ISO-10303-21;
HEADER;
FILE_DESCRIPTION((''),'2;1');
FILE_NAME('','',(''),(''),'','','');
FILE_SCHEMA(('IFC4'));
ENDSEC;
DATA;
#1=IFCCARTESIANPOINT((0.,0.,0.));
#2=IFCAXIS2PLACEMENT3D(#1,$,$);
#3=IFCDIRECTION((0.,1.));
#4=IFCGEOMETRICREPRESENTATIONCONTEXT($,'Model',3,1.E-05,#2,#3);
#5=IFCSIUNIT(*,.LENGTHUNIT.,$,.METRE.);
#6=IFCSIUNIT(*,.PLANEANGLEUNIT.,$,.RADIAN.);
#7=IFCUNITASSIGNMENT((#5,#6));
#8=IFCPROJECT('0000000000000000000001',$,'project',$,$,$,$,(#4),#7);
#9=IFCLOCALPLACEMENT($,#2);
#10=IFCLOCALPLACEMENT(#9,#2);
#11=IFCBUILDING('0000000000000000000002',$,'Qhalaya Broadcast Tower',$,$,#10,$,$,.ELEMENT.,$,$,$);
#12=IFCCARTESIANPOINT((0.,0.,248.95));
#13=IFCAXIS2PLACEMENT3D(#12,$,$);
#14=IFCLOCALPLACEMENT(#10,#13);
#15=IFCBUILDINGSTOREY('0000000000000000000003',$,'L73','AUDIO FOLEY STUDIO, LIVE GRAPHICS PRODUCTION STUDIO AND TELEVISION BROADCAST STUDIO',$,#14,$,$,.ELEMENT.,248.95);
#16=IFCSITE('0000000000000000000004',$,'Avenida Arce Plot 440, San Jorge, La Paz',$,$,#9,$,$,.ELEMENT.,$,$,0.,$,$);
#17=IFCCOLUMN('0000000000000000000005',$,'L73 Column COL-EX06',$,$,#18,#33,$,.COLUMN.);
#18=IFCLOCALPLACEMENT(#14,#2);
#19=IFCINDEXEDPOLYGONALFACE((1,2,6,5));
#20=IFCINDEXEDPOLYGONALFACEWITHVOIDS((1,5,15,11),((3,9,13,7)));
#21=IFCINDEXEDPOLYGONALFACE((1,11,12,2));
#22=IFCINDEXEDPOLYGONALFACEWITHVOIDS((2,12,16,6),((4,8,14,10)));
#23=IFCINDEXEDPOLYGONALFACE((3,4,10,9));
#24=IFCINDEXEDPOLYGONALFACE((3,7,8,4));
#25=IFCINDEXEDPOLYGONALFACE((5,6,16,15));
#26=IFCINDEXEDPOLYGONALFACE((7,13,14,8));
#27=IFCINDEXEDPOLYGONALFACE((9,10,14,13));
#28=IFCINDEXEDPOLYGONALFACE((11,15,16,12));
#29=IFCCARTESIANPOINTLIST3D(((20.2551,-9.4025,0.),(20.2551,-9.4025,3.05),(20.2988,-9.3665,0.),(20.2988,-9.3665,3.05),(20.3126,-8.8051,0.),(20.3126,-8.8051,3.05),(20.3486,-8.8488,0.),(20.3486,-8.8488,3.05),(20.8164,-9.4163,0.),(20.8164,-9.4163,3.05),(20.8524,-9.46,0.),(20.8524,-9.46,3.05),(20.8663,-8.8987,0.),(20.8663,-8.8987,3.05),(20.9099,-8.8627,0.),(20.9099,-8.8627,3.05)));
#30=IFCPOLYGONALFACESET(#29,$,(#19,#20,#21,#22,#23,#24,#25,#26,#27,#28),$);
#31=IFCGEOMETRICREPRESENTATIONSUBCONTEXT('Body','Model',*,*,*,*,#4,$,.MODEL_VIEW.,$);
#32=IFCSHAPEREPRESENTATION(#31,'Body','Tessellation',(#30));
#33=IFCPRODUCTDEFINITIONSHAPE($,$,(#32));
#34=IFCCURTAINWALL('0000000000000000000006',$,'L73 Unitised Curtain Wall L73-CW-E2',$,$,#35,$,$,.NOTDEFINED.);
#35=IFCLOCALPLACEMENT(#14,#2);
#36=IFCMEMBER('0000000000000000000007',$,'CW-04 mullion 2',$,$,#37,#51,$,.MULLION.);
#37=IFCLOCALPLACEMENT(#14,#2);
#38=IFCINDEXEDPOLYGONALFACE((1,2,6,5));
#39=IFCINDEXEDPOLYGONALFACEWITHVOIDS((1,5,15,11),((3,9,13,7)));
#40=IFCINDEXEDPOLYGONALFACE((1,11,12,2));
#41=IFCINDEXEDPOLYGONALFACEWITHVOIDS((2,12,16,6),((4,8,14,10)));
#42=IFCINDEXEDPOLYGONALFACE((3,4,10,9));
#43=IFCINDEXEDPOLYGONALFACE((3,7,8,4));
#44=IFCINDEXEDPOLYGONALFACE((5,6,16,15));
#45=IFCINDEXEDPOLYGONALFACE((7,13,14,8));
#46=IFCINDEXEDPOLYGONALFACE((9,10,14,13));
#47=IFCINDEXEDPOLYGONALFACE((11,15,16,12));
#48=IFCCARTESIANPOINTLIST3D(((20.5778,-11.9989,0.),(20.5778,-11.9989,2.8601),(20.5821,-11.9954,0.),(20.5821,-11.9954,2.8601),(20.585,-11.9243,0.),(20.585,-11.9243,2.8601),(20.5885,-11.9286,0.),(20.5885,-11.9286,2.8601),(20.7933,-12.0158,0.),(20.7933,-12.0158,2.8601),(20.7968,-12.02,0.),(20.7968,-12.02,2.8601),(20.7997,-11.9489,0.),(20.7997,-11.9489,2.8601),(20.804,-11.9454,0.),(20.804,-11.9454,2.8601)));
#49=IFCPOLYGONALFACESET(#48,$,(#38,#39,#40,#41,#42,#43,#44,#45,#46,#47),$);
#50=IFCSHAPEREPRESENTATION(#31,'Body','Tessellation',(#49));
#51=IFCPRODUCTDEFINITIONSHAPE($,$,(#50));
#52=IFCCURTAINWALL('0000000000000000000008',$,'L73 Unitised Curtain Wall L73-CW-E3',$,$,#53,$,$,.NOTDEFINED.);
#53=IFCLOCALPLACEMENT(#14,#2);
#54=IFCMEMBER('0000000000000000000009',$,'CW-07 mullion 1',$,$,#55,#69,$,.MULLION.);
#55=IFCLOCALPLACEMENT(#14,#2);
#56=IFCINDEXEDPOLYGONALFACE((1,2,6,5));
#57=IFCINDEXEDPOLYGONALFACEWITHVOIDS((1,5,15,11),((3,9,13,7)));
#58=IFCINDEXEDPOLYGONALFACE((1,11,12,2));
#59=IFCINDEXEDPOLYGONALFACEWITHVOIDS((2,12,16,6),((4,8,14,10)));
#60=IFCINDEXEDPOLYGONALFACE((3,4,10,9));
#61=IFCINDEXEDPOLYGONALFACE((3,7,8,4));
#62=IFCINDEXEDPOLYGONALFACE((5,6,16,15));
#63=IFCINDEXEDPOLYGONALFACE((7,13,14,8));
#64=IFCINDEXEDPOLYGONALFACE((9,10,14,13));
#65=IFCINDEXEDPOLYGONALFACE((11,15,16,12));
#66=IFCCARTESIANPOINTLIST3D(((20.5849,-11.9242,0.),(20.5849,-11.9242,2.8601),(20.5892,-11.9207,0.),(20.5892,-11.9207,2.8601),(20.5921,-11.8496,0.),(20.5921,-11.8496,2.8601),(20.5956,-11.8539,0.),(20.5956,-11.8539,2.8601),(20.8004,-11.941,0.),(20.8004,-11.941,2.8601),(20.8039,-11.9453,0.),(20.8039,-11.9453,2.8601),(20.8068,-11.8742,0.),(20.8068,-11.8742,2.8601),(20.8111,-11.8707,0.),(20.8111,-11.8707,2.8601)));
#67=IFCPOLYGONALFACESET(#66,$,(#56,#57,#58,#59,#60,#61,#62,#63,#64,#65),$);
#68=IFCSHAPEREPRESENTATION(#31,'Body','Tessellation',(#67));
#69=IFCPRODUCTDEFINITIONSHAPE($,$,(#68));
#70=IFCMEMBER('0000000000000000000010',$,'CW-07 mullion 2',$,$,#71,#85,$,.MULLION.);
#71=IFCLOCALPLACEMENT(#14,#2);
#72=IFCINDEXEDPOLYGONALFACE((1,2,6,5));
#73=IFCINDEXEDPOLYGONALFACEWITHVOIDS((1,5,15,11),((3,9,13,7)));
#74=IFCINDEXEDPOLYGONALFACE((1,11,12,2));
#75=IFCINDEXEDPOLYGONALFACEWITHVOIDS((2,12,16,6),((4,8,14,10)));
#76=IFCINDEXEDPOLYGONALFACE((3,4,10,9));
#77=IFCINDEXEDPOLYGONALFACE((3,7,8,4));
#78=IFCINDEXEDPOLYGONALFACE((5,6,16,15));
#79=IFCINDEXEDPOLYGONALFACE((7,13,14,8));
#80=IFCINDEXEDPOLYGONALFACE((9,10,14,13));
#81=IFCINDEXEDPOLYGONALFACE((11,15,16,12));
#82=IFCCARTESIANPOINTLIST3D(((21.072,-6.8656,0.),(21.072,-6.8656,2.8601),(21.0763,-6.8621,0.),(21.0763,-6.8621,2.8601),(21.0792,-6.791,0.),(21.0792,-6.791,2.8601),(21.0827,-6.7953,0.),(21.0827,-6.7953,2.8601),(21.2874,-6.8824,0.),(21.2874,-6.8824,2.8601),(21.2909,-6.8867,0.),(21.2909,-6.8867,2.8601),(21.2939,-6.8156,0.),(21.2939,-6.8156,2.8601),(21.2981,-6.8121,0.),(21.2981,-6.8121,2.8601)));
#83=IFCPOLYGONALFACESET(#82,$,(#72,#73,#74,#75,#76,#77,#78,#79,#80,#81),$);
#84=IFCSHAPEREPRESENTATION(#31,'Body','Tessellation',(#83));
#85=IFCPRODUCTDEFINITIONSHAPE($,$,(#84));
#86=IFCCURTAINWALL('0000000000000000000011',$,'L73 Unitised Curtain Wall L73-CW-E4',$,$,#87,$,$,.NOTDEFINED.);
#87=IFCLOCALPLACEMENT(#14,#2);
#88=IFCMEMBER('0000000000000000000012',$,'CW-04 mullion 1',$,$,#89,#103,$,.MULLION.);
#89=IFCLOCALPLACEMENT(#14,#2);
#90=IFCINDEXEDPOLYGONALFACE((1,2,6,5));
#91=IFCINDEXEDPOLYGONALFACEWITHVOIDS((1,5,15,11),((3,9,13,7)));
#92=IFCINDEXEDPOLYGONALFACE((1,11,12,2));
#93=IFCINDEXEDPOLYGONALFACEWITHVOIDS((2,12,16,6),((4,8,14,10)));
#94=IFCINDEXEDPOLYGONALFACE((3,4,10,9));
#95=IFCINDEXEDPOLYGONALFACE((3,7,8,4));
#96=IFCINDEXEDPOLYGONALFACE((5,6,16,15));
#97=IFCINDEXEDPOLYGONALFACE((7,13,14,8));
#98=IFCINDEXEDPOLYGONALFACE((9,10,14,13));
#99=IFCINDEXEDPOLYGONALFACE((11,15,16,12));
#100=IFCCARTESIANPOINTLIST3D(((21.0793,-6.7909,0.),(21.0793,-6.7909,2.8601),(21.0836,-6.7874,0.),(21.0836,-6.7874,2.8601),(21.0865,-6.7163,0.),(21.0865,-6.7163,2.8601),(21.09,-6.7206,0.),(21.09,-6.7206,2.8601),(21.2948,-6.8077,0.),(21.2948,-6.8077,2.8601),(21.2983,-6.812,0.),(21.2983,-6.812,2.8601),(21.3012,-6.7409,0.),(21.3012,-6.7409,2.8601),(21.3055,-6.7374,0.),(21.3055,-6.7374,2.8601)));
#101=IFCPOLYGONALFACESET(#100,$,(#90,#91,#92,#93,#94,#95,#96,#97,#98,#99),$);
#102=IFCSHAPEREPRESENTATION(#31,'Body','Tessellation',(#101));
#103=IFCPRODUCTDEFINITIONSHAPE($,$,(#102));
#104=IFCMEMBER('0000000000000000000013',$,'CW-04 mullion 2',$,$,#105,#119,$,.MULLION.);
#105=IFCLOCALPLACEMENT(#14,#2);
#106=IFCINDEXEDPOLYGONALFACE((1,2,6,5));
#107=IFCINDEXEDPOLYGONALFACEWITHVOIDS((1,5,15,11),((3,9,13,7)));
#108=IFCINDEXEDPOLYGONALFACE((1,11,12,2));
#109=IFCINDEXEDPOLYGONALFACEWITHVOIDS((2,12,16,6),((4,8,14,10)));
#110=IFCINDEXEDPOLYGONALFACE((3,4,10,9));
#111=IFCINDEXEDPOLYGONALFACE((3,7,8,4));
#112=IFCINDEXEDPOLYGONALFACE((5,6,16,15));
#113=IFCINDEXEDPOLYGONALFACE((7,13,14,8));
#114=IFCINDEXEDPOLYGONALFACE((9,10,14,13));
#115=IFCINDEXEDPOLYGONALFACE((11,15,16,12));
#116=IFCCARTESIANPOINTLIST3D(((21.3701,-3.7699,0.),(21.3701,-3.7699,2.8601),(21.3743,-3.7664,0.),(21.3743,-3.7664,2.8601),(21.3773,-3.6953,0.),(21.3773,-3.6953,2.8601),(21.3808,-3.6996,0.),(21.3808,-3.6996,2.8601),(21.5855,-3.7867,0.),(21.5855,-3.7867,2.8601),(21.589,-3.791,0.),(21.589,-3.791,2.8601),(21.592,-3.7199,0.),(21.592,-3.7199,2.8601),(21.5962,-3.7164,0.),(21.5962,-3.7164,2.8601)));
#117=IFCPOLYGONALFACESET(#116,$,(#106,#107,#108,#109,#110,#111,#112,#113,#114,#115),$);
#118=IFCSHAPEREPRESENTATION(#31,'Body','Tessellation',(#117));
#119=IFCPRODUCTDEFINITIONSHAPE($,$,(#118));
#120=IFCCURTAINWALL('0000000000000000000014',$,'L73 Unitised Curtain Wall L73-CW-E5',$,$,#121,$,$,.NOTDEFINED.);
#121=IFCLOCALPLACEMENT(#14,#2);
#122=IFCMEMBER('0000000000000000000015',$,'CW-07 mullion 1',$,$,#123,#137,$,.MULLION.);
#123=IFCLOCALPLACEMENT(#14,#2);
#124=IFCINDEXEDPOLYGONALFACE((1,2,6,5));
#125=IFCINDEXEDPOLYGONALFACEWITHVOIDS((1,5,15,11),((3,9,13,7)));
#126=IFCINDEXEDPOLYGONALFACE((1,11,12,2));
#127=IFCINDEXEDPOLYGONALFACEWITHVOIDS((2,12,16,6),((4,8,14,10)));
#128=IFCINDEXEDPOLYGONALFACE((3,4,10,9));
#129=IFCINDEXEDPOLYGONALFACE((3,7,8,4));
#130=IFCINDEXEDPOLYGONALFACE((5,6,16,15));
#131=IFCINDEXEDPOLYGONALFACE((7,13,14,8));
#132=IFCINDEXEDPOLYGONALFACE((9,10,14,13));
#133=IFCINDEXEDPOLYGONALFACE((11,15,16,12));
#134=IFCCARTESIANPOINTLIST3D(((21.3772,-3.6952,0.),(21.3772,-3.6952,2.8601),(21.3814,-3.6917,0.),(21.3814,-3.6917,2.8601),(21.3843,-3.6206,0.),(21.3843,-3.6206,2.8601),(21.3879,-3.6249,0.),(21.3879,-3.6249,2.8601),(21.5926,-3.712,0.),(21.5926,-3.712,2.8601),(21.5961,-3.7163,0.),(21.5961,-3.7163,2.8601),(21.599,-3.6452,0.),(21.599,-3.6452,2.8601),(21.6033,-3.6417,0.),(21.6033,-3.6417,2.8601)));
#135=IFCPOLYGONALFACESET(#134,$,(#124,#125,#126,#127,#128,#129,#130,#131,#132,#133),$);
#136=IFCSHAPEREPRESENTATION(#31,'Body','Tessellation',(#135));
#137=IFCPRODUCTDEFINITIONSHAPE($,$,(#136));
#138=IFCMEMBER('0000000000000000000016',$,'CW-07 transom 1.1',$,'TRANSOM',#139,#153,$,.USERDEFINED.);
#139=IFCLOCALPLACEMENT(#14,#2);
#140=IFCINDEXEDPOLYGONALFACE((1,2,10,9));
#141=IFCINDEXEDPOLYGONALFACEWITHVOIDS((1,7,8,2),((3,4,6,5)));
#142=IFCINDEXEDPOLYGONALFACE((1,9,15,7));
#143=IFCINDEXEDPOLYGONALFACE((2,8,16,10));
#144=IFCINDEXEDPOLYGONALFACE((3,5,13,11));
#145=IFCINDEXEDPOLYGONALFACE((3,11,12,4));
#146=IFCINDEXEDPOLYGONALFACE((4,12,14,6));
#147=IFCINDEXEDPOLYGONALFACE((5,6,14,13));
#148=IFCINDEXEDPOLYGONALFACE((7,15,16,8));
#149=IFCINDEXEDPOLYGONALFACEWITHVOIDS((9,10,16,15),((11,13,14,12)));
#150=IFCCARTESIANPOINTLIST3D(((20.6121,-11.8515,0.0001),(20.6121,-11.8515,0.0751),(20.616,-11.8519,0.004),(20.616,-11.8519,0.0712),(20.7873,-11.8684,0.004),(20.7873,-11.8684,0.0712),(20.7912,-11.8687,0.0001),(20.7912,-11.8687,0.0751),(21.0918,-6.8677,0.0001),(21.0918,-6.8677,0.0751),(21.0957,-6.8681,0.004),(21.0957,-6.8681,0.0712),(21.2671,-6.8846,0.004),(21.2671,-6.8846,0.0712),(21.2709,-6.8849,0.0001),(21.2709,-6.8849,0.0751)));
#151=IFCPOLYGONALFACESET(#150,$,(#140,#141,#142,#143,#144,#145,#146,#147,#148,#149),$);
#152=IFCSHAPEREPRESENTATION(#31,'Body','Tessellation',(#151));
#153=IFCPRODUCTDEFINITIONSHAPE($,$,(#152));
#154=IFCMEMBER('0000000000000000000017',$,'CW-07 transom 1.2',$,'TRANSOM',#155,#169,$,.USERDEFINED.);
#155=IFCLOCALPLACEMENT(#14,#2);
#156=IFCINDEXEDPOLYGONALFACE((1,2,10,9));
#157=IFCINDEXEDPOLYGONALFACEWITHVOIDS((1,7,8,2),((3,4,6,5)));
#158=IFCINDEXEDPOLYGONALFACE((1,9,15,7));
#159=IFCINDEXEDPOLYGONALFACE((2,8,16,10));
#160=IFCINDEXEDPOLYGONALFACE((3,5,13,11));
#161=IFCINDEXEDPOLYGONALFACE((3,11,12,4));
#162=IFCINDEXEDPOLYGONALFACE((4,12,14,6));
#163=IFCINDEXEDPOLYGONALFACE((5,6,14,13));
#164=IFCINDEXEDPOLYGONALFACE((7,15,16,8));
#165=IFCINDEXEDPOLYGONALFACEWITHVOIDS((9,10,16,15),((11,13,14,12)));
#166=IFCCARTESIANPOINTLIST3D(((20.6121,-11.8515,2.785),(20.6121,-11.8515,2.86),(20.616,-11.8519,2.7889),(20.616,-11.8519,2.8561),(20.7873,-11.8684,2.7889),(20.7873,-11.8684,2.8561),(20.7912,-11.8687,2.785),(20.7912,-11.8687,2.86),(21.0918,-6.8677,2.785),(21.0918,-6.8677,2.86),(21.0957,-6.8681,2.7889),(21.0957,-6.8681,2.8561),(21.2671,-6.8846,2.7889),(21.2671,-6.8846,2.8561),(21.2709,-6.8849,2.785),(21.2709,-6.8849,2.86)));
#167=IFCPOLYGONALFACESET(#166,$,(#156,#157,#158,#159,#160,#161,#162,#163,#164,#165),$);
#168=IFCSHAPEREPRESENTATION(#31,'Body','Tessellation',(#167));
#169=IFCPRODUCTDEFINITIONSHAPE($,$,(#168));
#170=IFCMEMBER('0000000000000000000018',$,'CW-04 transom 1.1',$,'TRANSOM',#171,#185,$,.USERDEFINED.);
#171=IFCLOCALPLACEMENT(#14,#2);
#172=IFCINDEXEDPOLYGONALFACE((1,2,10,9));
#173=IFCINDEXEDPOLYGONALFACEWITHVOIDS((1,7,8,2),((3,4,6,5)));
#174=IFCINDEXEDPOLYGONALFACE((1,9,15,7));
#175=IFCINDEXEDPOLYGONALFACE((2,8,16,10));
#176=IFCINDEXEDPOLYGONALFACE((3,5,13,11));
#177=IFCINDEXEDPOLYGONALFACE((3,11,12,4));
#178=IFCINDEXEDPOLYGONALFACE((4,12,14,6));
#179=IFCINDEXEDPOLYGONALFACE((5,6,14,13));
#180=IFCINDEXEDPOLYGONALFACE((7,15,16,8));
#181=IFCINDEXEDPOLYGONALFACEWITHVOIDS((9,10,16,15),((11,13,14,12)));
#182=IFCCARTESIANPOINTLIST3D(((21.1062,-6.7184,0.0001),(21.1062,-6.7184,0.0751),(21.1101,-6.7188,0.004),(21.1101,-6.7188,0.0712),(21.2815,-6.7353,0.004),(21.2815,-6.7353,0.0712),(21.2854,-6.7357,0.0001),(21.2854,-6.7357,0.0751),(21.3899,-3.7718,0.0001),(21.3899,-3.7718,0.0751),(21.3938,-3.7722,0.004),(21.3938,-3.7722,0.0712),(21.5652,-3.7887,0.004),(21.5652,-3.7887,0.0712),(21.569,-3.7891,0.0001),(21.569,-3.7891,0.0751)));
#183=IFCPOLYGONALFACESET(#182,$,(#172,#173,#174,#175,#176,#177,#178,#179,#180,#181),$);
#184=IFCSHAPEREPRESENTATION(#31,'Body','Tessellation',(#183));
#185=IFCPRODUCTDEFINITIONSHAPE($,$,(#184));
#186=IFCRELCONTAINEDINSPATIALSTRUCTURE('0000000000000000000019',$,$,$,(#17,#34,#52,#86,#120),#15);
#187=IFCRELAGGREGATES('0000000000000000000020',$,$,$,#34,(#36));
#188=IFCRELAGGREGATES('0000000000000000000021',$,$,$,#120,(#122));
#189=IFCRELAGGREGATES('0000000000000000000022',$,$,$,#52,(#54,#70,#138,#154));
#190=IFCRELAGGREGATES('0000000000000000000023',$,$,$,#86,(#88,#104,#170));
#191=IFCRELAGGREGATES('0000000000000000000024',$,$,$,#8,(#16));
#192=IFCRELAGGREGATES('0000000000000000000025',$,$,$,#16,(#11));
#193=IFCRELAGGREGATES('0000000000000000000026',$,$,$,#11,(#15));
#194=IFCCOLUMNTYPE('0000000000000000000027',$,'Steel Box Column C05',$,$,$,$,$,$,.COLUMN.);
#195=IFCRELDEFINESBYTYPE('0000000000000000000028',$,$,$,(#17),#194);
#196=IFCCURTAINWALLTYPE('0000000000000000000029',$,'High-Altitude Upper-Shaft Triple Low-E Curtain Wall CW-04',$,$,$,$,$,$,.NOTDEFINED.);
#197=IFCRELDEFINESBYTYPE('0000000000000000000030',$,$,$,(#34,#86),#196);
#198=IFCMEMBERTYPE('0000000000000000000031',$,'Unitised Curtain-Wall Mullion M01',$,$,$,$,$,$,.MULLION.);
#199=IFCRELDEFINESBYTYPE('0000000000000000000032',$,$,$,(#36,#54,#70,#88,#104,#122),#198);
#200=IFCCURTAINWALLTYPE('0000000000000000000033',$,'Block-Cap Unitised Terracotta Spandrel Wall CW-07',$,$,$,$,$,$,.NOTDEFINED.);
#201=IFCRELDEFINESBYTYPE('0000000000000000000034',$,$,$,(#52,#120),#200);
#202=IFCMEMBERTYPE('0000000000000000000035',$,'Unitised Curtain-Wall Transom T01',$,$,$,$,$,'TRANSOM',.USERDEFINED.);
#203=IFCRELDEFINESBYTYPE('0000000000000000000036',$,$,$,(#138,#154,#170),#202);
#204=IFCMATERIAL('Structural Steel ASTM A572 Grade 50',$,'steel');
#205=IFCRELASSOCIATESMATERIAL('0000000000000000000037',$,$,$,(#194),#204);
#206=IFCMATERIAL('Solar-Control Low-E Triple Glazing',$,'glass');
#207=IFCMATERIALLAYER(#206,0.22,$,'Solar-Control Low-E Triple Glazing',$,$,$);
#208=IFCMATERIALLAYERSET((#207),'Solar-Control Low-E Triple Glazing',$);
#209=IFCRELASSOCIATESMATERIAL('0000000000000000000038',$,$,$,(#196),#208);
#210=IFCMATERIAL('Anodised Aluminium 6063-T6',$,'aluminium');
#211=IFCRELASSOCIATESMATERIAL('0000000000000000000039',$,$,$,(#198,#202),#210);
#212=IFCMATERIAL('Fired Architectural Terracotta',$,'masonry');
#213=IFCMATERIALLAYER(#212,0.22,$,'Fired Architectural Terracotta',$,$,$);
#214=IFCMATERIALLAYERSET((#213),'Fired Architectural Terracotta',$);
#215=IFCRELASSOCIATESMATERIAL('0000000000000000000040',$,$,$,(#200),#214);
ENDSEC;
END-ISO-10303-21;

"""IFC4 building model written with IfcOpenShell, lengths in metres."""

from ifc_helpers import new_model, si_unit, direction, frame, origin, origin_2d, place, context, subcontext, project, spatial, hollow_rectangle, extrude, material, layer, layer_set, material_profile, profile_set, type_object, element, aggregate, save


model = new_model("IFC4")

# Units and contexts
model_context = context("Model", 3, precision=1e-05, world=origin(), true_north=direction((0.0, 1.0)))
body_context = subcontext(model_context, "Body", "Model", "MODEL_VIEW")
ifc_project = project(units=[si_unit("LENGTHUNIT", "METRE"), si_unit("PLANEANGLEUNIT", "RADIAN")], contexts=[model_context])

# Site, building, storey
site_placement = place(None, origin())
site = spatial("IfcSite", under=ifc_project, at=site_placement, Name="Avenida Arce Plot 440, San Jorge, La Paz", CompositionType="ELEMENT", RefElevation=0.0)
building_placement = place(site_placement, origin())
building = spatial("IfcBuilding", under=site, at=building_placement, Name="Qhalaya Broadcast Tower", CompositionType="ELEMENT")
storey_placement = place(building_placement, frame((0.0, 0.0, 248.95)))
storey = spatial("IfcBuildingStorey", under=building, at=storey_placement, Name="L73", Description="AUDIO FOLEY STUDIO, LIVE GRAPHICS PRODUCTION STUDIO AND TELEVISION BROADCAST STUDIO", CompositionType="ELEMENT", Elevation=248.95)

# Column
ifc_material_1 = material(Name="Structural Steel ASTM A572 Grade 50", Category="steel")
ifc_material_profile_1 = material_profile(ifc_material_1, hollow_rectangle(XDim=0.6001, YDim=0.6001, WallThickness=0.04, at=origin_2d()), Name="BOX 600x600x40")
ifc_profile_set_1 = profile_set([ifc_material_profile_1], Name="Structural Steel ASTM A572 Grade 50")
column_type = type_object("IfcColumnType", Name="Steel Box Column C05", PredefinedType="COLUMN", material=ifc_profile_set_1)
column_placement = place(storey_placement, frame((20.5825, -9.1326, 0.0), z_axis=(0.0, 0.0, 1.0), x_axis=(0.095846, 0.995396, 0.0)))
element("IfcColumn", 1, at=column_placement, inside=storey, type_object=column_type, Name="L73 Column COL-EX06", PredefinedType="COLUMN", context=body_context, shape_type="SweptSolid", body=[
    extrude(hollow_rectangle(XDim=0.6001, YDim=0.6001, WallThickness=0.04, at=origin_2d()), origin(), (0.0, 0.0, 1.0), 3.05),
])

# Curtain wall, member
ifc_material_2 = material(Name="Solar-Control Low-E Triple Glazing", Category="glass")
ifc_layer_1 = layer(ifc_material_2, 0.22, Name="Solar-Control Low-E Triple Glazing")
ifc_layer_set_1 = layer_set([ifc_layer_1], Name="Solar-Control Low-E Triple Glazing")
curtain_wall_type_1 = type_object("IfcCurtainWallType", Name="High-Altitude Upper-Shaft Triple Low-E Curtain Wall CW-04", PredefinedType="NOTDEFINED", material=ifc_layer_set_1)
curtain_wall_1_placement = place(storey_placement, origin())
curtain_wall_1 = element("IfcCurtainWall", 2, at=curtain_wall_1_placement, inside=storey, type_object=curtain_wall_type_1, Name="L73 Unitised Curtain Wall L73-CW-E2", PredefinedType="NOTDEFINED")
ifc_material_3 = material(Name="Anodised Aluminium 6063-T6", Category="aluminium")
ifc_material_profile_2 = material_profile(ifc_material_3, hollow_rectangle(XDim=0.075, YDim=0.22, WallThickness=0.0039, at=origin_2d()), Name="ALU-MUL 75x220x4")
ifc_profile_set_2 = profile_set([ifc_material_profile_2], Name="Anodised Aluminium 6063-T6")
member_type_1 = type_object("IfcMemberType", Name="Unitised Curtain-Wall Mullion M01", PredefinedType="MULLION", material=ifc_profile_set_2)
member_1_placement = place(storey_placement, frame((20.6909, -11.9722, 0.0), z_axis=(0.0, 0.0, 1.0), x_axis=(0.095851, 0.995396, 0.0)))
member_1 = element("IfcMember", 3, at=member_1_placement, type_object=member_type_1, Name="CW-04 mullion 2", PredefinedType="MULLION", context=body_context, shape_type="SweptSolid", body=[
    extrude(hollow_rectangle(XDim=0.075, YDim=0.22, WallThickness=0.0039, at=origin_2d()), origin(), (0.0, 0.0, 1.0), 2.8601),
])
aggregate(curtain_wall_1, [member_1])

# Curtain walls, members
ifc_material_4 = material(Name="Fired Architectural Terracotta", Category="masonry")
ifc_layer_2 = layer(ifc_material_4, 0.22, Name="Fired Architectural Terracotta")
ifc_layer_set_2 = layer_set([ifc_layer_2], Name="Fired Architectural Terracotta")
curtain_wall_type_2 = type_object("IfcCurtainWallType", Name="Block-Cap Unitised Terracotta Spandrel Wall CW-07", PredefinedType="NOTDEFINED", material=ifc_layer_set_2)
curtain_wall_2_placement = place(storey_placement, origin())
curtain_wall_2 = element("IfcCurtainWall", 4, at=curtain_wall_2_placement, inside=storey, type_object=curtain_wall_type_2, Name="L73 Unitised Curtain Wall L73-CW-E3", PredefinedType="NOTDEFINED")
member_2_placement = place(storey_placement, frame((20.698, -11.8975, 0.0), z_axis=(0.0, 0.0, 1.0), x_axis=(0.095851, 0.995396, 0.0)))
member_2 = element("IfcMember", 5, at=member_2_placement, type_object=member_type_1, Name="CW-07 mullion 1", PredefinedType="MULLION", context=body_context, shape_type="SweptSolid", body=[
    extrude(hollow_rectangle(XDim=0.075, YDim=0.22, WallThickness=0.0039, at=origin_2d()), origin(), (0.0, 0.0, 1.0), 2.8601),
])
member_3_placement = place(storey_placement, frame((21.1851, -6.8389, 0.0), z_axis=(0.0, 0.0, 1.0), x_axis=(0.095851, 0.995396, 0.0)))
member_3 = element("IfcMember", 6, at=member_3_placement, type_object=member_type_1, Name="CW-07 mullion 2", PredefinedType="MULLION", context=body_context, shape_type="SweptSolid", body=[
    extrude(hollow_rectangle(XDim=0.075, YDim=0.22, WallThickness=0.0039, at=origin_2d()), origin(), (0.0, 0.0, 1.0), 2.8601),
])
curtain_wall_3_placement = place(storey_placement, origin())
curtain_wall_3 = element("IfcCurtainWall", 7, at=curtain_wall_3_placement, inside=storey, type_object=curtain_wall_type_1, Name="L73 Unitised Curtain Wall L73-CW-E4", PredefinedType="NOTDEFINED")
member_4_placement = place(storey_placement, frame((21.1924, -6.7642, 0.0), z_axis=(0.0, 0.0, 1.0), x_axis=(0.09582, 0.995399, 0.0)))
member_4 = element("IfcMember", 8, at=member_4_placement, type_object=member_type_1, Name="CW-04 mullion 1", PredefinedType="MULLION", context=body_context, shape_type="SweptSolid", body=[
    extrude(hollow_rectangle(XDim=0.075, YDim=0.22, WallThickness=0.0039, at=origin_2d()), origin(), (0.0, 0.0, 1.0), 2.8601),
])
member_5_placement = place(storey_placement, frame((21.4832, -3.7432, 0.0), z_axis=(0.0, 0.0, 1.0), x_axis=(0.09582, 0.995399, 0.0)))
member_5 = element("IfcMember", 9, at=member_5_placement, type_object=member_type_1, Name="CW-04 mullion 2", PredefinedType="MULLION", context=body_context, shape_type="SweptSolid", body=[
    extrude(hollow_rectangle(XDim=0.075, YDim=0.22, WallThickness=0.0039, at=origin_2d()), origin(), (0.0, 0.0, 1.0), 2.8601),
])

# Curtain wall, member
curtain_wall_4_placement = place(storey_placement, origin())
curtain_wall_4 = element("IfcCurtainWall", 10, at=curtain_wall_4_placement, inside=storey, type_object=curtain_wall_type_2, Name="L73 Unitised Curtain Wall L73-CW-E5", PredefinedType="NOTDEFINED")
member_6_placement = place(storey_placement, frame((21.4902, -3.6685, 0.0), z_axis=(0.0, 0.0, 1.0), x_axis=(0.095849, 0.995396, 0.0)))
member_6 = element("IfcMember", 11, at=member_6_placement, type_object=member_type_1, Name="CW-07 mullion 1", PredefinedType="MULLION", context=body_context, shape_type="SweptSolid", body=[
    extrude(hollow_rectangle(XDim=0.075, YDim=0.22, WallThickness=0.0039, at=origin_2d()), origin(), (0.0, 0.0, 1.0), 2.8601),
])

# Members
ifc_material_profile_3 = material_profile(ifc_material_3, hollow_rectangle(XDim=0.075, YDim=0.1799, WallThickness=0.0039, at=origin_2d()), Name="ALU-TRN 75x180x4")
ifc_profile_set_3 = profile_set([ifc_material_profile_3], Name="Anodised Aluminium 6063-T6")
member_type_2 = type_object("IfcMemberType", Name="Unitised Curtain-Wall Transom T01", ElementType="TRANSOM", PredefinedType="USERDEFINED", material=ifc_profile_set_3)
member_7_placement = place(storey_placement, frame((20.7017, -11.8601, 0.0376), z_axis=(0.095815, 0.995399, 0.0), x_axis=(0.0, 0.0, 1.0)))
member_7 = element("IfcMember", 12, at=member_7_placement, type_object=member_type_2, Name="CW-07 transom 1.1", ObjectType="TRANSOM", PredefinedType="USERDEFINED", context=body_context, shape_type="SweptSolid", body=[
    extrude(hollow_rectangle(XDim=0.075, YDim=0.1799, WallThickness=0.0039, at=origin_2d()), origin(), (0.0, 0.0, 1.0), 5.0068),
])
member_8_placement = place(storey_placement, frame((20.7017, -11.8601, 2.8225), z_axis=(0.095815, 0.995399, 0.0), x_axis=(0.0, 0.0, 1.0)))
member_8 = element("IfcMember", 13, at=member_8_placement, type_object=member_type_2, Name="CW-07 transom 1.2", ObjectType="TRANSOM", PredefinedType="USERDEFINED", context=body_context, shape_type="SweptSolid", body=[
    extrude(hollow_rectangle(XDim=0.075, YDim=0.1799, WallThickness=0.0039, at=origin_2d()), origin(), (0.0, 0.0, 1.0), 5.0068),
])
member_9_placement = place(storey_placement, frame((21.1958, -6.7271, 0.0376), z_axis=(0.095837, 0.995397, 0.0), x_axis=(0.0, 0.0, 1.0)))
member_9 = element("IfcMember", 14, at=member_9_placement, type_object=member_type_2, Name="CW-04 transom 1.1", ObjectType="TRANSOM", PredefinedType="USERDEFINED", context=body_context, shape_type="SweptSolid", body=[
    extrude(hollow_rectangle(XDim=0.075, YDim=0.1799, WallThickness=0.0039, at=origin_2d()), origin(), (0.0, 0.0, 1.0), 2.9602),
])
aggregate(curtain_wall_4, [member_6])

aggregate(curtain_wall_2, [member_2, member_3, member_7, member_8])
aggregate(curtain_wall_3, [member_4, member_5, member_9])

save(model, "model.ifc")
